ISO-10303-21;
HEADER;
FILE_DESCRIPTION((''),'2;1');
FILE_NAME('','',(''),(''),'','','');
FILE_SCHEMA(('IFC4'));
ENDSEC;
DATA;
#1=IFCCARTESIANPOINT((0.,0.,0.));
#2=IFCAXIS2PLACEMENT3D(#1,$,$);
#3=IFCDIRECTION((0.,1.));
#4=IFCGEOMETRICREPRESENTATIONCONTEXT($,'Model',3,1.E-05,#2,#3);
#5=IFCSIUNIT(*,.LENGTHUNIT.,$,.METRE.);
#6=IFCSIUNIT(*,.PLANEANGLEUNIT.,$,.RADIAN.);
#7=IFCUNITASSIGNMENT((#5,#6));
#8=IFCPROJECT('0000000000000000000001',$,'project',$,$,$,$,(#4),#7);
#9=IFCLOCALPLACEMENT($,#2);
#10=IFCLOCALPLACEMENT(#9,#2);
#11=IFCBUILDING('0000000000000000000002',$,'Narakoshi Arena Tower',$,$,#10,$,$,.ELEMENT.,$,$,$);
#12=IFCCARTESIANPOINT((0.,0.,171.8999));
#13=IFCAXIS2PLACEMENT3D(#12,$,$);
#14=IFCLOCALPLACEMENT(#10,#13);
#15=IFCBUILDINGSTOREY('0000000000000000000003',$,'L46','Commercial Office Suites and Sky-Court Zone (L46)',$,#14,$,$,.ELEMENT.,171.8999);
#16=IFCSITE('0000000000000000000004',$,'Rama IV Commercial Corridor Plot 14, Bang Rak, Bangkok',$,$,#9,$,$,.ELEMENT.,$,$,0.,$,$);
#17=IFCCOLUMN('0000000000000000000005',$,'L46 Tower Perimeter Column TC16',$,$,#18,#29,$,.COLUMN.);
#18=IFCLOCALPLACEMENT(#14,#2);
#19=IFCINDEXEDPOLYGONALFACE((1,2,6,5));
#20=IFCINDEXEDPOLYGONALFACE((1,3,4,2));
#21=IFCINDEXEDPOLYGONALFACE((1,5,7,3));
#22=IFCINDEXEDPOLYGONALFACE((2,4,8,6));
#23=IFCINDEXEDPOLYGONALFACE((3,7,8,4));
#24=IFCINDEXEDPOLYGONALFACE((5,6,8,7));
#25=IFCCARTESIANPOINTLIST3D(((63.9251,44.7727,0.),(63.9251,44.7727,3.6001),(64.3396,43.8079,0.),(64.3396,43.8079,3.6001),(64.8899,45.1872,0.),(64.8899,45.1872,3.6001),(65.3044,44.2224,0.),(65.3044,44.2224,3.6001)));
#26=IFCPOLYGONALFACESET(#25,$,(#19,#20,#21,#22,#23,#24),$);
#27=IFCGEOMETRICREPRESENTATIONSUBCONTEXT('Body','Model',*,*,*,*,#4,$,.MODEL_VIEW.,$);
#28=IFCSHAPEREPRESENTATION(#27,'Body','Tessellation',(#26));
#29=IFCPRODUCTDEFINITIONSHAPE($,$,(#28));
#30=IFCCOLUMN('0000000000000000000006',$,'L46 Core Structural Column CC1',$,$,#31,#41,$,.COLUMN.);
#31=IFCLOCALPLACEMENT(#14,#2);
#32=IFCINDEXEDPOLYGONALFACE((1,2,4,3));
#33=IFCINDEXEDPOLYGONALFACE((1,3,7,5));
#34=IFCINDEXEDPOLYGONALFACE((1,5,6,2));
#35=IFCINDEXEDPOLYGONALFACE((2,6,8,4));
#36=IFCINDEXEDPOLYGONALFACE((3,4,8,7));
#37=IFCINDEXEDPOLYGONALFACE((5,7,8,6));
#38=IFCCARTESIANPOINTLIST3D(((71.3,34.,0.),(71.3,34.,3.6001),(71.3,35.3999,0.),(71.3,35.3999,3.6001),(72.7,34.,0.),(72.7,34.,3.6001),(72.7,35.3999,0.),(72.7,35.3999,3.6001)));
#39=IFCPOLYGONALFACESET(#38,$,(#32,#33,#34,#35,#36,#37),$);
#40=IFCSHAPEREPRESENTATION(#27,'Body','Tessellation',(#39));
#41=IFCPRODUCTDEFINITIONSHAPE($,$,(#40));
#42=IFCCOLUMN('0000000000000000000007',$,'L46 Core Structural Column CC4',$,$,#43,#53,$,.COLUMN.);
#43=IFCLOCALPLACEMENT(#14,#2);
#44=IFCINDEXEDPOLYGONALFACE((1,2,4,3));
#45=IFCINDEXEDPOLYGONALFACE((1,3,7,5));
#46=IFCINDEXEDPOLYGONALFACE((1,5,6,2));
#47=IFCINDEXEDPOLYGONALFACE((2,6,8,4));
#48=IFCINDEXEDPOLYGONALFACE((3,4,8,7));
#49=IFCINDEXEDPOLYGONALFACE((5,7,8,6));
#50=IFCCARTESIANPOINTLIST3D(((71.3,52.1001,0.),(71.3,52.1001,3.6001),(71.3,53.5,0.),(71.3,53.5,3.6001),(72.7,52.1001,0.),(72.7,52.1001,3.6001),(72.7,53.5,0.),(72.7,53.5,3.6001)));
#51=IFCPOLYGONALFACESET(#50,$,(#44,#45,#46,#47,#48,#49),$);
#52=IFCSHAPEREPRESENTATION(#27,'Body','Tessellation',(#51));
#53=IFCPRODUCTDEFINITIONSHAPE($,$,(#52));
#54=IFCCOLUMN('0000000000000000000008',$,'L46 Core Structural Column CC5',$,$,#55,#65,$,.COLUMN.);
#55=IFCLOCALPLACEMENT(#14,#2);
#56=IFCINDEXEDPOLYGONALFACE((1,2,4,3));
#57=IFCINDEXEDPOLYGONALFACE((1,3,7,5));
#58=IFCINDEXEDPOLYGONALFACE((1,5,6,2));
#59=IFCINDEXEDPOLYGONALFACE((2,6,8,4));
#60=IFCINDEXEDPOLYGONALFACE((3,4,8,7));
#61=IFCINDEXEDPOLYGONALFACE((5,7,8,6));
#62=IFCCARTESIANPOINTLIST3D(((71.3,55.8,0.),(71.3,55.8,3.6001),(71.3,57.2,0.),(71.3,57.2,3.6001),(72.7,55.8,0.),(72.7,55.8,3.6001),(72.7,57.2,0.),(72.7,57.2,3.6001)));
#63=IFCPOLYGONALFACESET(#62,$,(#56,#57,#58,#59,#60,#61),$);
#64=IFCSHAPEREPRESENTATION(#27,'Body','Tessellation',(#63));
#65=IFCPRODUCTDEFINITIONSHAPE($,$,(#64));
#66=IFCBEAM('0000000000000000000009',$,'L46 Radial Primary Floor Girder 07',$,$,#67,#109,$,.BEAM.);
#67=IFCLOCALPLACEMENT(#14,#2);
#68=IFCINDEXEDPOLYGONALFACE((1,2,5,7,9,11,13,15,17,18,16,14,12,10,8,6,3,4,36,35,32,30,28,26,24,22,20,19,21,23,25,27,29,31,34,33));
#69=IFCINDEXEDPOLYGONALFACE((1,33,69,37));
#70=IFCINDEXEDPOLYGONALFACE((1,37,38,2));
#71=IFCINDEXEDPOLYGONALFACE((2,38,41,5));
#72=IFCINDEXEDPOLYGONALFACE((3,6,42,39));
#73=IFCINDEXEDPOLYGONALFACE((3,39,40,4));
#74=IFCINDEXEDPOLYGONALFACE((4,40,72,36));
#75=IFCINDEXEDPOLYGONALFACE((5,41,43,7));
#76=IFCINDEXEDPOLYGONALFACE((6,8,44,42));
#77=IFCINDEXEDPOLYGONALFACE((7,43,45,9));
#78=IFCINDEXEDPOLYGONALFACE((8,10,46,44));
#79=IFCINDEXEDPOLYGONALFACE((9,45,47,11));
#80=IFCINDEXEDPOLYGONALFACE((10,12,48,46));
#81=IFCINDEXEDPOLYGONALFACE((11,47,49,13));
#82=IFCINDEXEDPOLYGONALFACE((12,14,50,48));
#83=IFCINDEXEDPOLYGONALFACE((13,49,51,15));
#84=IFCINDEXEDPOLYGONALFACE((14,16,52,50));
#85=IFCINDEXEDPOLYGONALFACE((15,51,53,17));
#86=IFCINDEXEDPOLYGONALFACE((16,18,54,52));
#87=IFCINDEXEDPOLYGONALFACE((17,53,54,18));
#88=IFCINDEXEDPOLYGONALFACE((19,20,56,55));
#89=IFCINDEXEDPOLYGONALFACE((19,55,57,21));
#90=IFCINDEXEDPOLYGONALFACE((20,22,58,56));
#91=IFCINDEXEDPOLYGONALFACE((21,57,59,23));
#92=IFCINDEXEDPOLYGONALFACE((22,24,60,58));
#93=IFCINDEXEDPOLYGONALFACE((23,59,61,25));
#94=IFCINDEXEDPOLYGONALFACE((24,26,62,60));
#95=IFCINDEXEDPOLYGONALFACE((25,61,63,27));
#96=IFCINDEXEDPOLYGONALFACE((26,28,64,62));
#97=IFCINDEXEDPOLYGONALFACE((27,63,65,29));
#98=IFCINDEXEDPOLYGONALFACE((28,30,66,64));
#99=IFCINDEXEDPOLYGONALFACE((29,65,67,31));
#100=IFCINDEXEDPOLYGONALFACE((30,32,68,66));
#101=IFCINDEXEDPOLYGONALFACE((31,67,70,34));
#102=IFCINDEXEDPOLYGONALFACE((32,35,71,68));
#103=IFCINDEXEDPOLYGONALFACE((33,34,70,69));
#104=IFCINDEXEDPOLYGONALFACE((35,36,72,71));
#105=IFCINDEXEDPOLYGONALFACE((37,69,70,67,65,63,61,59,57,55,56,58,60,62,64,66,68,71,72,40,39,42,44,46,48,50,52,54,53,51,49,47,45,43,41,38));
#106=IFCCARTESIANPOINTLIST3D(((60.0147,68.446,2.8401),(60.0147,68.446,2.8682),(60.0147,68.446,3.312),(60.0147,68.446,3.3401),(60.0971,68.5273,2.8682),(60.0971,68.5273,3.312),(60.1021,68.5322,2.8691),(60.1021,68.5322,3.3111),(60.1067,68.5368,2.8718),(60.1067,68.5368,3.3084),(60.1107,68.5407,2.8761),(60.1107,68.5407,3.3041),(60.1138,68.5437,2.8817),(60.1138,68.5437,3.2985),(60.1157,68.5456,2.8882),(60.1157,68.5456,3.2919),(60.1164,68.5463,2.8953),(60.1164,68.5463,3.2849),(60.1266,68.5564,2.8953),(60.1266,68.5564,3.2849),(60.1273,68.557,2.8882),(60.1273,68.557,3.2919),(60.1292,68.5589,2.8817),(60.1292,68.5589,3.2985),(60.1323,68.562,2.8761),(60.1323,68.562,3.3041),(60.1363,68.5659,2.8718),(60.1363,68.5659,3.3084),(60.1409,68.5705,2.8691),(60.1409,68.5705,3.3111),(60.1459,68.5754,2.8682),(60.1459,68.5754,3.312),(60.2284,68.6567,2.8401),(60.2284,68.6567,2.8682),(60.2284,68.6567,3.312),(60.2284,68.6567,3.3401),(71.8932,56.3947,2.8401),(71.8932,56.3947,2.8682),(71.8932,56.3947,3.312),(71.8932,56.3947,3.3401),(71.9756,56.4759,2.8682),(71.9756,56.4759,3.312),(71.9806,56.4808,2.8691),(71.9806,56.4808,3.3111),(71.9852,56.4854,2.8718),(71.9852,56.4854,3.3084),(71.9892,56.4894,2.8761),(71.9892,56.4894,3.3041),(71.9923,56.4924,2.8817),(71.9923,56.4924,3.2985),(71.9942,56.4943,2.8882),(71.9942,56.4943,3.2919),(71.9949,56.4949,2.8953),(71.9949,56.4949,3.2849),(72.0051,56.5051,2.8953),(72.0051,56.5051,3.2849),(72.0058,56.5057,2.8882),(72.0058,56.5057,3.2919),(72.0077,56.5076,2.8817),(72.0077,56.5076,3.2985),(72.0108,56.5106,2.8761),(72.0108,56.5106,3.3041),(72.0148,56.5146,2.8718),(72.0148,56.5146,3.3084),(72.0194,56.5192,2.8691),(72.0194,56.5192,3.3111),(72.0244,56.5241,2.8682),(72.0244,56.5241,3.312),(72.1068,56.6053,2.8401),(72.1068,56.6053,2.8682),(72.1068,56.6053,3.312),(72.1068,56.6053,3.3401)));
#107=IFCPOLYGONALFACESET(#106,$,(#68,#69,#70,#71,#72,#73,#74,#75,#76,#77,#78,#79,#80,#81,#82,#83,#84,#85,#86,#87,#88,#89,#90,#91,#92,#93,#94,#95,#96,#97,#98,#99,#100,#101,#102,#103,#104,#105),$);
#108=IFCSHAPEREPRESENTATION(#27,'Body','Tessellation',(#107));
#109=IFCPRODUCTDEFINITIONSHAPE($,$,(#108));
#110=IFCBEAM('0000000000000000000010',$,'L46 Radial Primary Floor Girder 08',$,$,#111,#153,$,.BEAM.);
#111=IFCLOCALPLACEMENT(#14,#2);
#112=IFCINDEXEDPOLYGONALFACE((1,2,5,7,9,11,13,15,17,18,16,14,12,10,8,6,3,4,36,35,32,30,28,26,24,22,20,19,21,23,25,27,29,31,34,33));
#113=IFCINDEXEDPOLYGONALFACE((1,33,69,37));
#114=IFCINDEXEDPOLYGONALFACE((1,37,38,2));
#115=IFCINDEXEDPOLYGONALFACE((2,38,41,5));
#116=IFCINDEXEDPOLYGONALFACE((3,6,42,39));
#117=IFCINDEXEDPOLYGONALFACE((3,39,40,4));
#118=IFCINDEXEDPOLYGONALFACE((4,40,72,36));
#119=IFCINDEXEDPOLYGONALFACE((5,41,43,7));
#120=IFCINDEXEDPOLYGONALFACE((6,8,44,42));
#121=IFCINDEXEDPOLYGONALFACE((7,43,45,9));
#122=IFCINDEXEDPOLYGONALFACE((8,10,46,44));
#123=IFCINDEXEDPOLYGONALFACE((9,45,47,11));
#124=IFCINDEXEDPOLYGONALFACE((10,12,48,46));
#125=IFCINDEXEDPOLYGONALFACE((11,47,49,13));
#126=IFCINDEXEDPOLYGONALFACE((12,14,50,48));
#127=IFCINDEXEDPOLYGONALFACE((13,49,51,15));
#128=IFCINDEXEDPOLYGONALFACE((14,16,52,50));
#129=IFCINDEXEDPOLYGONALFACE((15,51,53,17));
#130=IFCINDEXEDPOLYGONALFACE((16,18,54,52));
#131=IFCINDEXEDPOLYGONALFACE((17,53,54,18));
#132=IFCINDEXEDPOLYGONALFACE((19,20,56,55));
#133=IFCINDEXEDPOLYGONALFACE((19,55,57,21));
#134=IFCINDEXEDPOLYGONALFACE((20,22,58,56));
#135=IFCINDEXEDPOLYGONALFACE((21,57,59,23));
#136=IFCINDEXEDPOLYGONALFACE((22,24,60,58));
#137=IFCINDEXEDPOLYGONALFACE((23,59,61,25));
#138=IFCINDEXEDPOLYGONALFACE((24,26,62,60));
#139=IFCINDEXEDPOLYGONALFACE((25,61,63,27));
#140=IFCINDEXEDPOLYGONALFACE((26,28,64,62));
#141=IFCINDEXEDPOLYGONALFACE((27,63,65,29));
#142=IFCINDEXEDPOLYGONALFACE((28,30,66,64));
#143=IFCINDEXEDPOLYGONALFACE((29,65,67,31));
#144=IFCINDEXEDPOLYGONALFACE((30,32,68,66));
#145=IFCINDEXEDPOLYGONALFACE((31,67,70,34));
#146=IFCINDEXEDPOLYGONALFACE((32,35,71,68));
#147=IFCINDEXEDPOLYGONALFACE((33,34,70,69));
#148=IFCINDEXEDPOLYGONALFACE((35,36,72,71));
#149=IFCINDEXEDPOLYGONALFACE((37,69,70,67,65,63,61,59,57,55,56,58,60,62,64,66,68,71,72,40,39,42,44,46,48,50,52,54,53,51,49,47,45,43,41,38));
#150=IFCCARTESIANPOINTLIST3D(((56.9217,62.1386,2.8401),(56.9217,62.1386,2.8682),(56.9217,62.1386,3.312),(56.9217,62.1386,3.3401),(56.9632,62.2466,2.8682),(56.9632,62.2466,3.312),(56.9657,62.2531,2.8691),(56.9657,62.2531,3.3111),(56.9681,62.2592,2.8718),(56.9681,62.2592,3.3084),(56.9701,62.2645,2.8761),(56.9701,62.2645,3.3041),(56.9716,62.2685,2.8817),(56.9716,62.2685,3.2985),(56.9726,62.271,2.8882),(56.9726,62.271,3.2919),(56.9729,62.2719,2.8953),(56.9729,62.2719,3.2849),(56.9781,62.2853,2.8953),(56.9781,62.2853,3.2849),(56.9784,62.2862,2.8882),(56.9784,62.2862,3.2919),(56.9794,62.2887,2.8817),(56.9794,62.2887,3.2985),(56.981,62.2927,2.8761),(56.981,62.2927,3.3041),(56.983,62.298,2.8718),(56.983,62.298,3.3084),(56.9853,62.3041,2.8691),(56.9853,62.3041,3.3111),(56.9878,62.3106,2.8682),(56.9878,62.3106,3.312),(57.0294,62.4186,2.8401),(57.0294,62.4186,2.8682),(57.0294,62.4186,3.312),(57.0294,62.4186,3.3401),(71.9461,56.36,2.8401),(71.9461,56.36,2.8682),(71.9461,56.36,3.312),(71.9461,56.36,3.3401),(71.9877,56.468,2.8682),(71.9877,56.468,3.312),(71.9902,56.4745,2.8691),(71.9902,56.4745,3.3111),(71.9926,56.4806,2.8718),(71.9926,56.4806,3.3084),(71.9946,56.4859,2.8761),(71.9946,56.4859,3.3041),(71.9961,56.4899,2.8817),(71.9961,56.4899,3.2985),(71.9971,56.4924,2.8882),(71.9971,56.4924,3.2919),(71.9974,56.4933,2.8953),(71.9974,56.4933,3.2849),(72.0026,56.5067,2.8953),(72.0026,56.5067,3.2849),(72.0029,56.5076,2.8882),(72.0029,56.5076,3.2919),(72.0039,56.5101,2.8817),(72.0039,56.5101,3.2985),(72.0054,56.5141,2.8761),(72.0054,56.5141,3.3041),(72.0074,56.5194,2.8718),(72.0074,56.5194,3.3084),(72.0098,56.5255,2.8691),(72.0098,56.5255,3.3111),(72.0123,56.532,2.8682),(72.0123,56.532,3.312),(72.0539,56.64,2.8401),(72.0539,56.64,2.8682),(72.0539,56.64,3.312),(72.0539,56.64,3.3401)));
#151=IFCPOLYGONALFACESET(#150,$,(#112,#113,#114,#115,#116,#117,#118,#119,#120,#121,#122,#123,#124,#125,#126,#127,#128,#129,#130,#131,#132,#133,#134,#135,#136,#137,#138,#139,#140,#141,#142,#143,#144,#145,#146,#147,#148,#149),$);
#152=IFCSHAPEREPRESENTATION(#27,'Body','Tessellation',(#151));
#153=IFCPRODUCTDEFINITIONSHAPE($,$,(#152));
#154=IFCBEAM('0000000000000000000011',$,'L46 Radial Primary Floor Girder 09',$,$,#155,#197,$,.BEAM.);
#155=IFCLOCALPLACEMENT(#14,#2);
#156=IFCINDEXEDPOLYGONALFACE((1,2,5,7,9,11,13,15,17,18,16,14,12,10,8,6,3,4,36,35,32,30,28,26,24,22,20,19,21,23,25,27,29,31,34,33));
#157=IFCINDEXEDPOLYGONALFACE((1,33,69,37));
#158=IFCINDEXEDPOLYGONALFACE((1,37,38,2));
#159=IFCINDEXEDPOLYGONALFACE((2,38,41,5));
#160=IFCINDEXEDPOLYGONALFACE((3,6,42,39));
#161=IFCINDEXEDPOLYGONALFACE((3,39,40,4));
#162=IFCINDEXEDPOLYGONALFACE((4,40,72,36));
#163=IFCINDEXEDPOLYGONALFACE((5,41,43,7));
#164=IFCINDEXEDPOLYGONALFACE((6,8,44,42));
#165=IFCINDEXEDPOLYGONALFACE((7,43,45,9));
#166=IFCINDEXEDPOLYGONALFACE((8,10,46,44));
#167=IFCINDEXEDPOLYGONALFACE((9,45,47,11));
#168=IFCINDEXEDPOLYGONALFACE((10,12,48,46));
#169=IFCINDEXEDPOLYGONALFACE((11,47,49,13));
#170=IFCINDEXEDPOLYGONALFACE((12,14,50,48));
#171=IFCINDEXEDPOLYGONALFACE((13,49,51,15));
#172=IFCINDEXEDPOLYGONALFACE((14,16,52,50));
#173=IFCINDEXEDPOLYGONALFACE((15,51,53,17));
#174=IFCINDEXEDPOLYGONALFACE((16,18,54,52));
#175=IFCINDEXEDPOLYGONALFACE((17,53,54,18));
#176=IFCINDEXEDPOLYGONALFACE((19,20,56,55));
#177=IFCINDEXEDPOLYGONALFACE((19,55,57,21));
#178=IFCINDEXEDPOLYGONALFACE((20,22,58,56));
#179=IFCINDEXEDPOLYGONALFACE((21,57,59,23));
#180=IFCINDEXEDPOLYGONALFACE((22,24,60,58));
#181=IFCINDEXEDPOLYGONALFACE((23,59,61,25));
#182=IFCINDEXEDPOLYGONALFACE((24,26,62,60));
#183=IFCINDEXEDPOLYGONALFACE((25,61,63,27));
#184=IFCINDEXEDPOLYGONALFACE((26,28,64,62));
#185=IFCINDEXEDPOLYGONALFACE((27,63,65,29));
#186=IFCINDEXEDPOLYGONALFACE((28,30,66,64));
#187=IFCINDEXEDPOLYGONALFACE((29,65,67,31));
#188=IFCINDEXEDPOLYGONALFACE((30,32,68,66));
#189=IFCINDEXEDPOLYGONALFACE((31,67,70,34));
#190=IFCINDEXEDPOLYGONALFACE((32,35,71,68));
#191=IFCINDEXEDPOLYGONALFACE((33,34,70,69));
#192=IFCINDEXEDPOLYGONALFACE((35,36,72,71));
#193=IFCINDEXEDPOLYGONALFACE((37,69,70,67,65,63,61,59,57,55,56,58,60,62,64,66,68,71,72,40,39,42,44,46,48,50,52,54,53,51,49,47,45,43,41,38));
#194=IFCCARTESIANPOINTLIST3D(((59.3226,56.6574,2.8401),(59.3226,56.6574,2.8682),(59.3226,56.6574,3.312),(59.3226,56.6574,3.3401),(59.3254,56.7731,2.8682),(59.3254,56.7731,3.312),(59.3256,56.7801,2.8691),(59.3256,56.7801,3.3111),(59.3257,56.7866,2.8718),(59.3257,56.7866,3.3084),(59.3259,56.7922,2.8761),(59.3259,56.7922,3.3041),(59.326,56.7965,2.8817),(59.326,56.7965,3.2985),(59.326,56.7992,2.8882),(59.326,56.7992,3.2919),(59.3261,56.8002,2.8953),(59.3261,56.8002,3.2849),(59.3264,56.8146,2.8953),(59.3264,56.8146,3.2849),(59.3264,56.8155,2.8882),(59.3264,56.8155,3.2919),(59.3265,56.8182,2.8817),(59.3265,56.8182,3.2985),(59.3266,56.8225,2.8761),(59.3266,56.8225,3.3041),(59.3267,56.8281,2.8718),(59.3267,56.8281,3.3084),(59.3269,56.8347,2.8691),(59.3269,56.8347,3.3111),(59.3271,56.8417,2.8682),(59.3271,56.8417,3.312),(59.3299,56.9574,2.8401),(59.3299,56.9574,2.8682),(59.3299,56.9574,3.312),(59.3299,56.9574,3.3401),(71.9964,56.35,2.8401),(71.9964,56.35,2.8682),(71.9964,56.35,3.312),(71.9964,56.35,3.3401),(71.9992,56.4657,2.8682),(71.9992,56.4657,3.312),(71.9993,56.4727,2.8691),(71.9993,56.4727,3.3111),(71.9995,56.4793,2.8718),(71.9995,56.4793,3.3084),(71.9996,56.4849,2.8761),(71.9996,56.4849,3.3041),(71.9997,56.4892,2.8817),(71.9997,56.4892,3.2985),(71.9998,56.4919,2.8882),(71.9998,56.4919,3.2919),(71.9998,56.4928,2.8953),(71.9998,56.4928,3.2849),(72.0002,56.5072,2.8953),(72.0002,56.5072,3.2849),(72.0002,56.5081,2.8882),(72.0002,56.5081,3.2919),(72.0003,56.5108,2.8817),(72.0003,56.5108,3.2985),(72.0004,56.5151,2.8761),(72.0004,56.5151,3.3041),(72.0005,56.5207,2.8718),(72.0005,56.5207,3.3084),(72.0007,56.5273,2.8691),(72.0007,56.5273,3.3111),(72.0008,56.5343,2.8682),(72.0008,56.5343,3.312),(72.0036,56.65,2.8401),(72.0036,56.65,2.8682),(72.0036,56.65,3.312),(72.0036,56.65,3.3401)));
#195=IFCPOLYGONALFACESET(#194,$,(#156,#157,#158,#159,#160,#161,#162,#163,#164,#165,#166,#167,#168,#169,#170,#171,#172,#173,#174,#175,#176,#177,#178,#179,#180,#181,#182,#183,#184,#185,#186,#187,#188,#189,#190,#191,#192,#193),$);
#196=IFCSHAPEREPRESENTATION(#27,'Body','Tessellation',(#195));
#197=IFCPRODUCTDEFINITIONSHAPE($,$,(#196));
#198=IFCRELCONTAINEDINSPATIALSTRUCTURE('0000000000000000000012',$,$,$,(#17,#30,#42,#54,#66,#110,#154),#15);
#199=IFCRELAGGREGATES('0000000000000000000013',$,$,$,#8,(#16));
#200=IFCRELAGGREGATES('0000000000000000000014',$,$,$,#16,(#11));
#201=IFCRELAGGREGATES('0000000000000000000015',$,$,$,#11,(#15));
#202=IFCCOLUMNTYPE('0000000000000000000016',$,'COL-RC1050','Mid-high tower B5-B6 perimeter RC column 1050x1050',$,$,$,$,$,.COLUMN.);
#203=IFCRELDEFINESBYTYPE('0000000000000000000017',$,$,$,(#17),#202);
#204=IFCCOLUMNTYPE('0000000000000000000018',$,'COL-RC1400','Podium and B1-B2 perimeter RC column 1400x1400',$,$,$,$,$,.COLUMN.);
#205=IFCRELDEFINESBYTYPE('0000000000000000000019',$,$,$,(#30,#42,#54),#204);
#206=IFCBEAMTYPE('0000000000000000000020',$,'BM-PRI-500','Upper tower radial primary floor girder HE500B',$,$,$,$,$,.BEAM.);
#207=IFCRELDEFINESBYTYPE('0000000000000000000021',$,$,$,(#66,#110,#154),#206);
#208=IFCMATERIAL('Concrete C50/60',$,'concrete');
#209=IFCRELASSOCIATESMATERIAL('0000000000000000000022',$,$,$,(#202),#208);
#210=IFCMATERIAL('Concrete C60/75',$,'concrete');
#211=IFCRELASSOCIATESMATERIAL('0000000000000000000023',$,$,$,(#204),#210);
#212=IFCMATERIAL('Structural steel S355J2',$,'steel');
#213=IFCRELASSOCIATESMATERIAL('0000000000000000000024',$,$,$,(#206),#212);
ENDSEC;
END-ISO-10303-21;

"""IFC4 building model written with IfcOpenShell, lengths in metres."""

from ifc_helpers import new_model, si_unit, direction, frame, origin, origin_2d, place, context, subcontext, project, spatial, rectangle, i_section, extrude, material, material_profile, profile_set, type_object, element, save


model = new_model("IFC4")

# Units and contexts
model_context = context("Model", 3, precision=1e-05, world=origin(), true_north=direction((0.0, 1.0)))
body_context = subcontext(model_context, "Body", "Model", "MODEL_VIEW")
ifc_project = project(units=[si_unit("LENGTHUNIT", "METRE"), si_unit("PLANEANGLEUNIT", "RADIAN")], contexts=[model_context])

# Site, building, storey
site_placement = place(None, origin())
site = spatial("IfcSite", under=ifc_project, at=site_placement, Name="Rama IV Commercial Corridor Plot 14, Bang Rak, Bangkok", CompositionType="ELEMENT", RefElevation=0.0)
building_placement = place(site_placement, origin())
building = spatial("IfcBuilding", under=site, at=building_placement, Name="Narakoshi Arena Tower", CompositionType="ELEMENT")
storey_placement = place(building_placement, frame((0.0, 0.0, 171.8999)))
storey = spatial("IfcBuildingStorey", under=building, at=storey_placement, Name="L46", Description="Commercial Office Suites and Sky-Court Zone (L46)", CompositionType="ELEMENT", Elevation=171.8999)

# Columns
ifc_material_1 = material(Name="Concrete C50/60", Category="concrete")
ifc_material_profile_1 = material_profile(ifc_material_1, rectangle(XDim=1.05, YDim=1.05, at=origin_2d()), Name="RC1050x1050")
ifc_profile_set_1 = profile_set([ifc_material_profile_1], Name="Concrete C50/60")
column_type_1 = type_object("IfcColumnType", Name="COL-RC1050", Description="Mid-high tower B5-B6 perimeter RC column 1050x1050", PredefinedType="COLUMN", material=ifc_profile_set_1)
column_placement = place(storey_placement, frame((64.6147, 44.4976, 0.0), z_axis=(0.0, 0.0, 1.0), x_axis=(-0.394744, 0.918791, 0.0)))
element("IfcColumn", 1, at=column_placement, inside=storey, type_object=column_type_1, Name="L46 Tower Perimeter Column TC16", PredefinedType="COLUMN", context=body_context, shape_type="SweptSolid", body=[
    extrude(rectangle(XDim=1.05, YDim=1.05, at=origin_2d()), origin(), (0.0, 0.0, 1.0), 3.6001),
])
ifc_material_2 = material(Name="Concrete C60/75", Category="concrete")
ifc_material_profile_2 = material_profile(ifc_material_2, rectangle(XDim=1.3999, YDim=1.3999, at=origin_2d()), Name="RC1400x1400")
ifc_profile_set_2 = profile_set([ifc_material_profile_2], Name="Concrete C60/75")
column_type_2 = type_object("IfcColumnType", Name="COL-RC1400", Description="Podium and B1-B2 perimeter RC column 1400x1400", PredefinedType="COLUMN", material=ifc_profile_set_2)
for number, where, z_axis, x_axis, name in (
    (2, (72.0, 34.7, 0.0), (0.0, 0.0, 1.0), (1.0, 0.0, 0.0), "L46 Core Structural Column CC1"),
    (3, (72.0, 52.8, 0.0), (0.0, 0.0, 1.0), (1.0, 0.0, 0.0), "L46 Core Structural Column CC4"),
    (4, (72.0, 56.5, 0.0), (0.0, 0.0, 1.0), (1.0, 0.0, 0.0), "L46 Core Structural Column CC5"),
):
    element("IfcColumn", number, at=place(storey_placement, frame(where, z_axis=z_axis, x_axis=x_axis)), inside=storey, type_object=column_type_2, Name=name, PredefinedType="COLUMN", context=body_context, shape_type="SweptSolid", body=[
        extrude(rectangle(XDim=1.3999, YDim=1.3999, at=origin_2d()), origin(), (0.0, 0.0, 1.0), 3.6001),
    ])

# Beams
ifc_material_3 = material(Name="Structural steel S355J2", Category="steel")
ifc_material_profile_3 = material_profile(ifc_material_3, i_section(OverallWidth=0.3, OverallDepth=0.5, WebThickness=0.0144, FlangeThickness=0.0281, FilletRadius=0.0271, at=origin_2d()), Name="HE500B")
ifc_profile_set_3 = profile_set([ifc_material_profile_3], Name="Structural steel S355J2")
beam_type_1 = type_object("IfcBeamType", Name="BM-PRI-500", Description="Upper tower radial primary floor girder HE500B", PredefinedType="BEAM", material=ifc_profile_set_3)
beam_1_placement = place(storey_placement, frame((72.0, 56.5, 3.0901), z_axis=(-0.701981, 0.712196, 0.0), x_axis=(-0.712196, -0.701981, 0.0)))
element("IfcBeam", 5, at=beam_1_placement, inside=storey, type_object=beam_type_1, Name="L46 Radial Primary Floor Girder 07", PredefinedType="BEAM", context=body_context, shape_type="SweptSolid", body=[
    extrude(i_section(OverallWidth=0.3, OverallDepth=0.5, WebThickness=0.0144, FlangeThickness=0.0281, FilletRadius=0.0271, at=origin_2d()), origin(), (0.0, 0.0, 1.0), 16.9214),
])
beam_2_placement = place(storey_placement, frame((72.0, 56.5, 3.0901), z_axis=(-0.933347, 0.358976, 0.0), x_axis=(-0.358976, -0.933347, 0.0)))
element("IfcBeam", 6, at=beam_2_placement, inside=storey, type_object=beam_type_1, Name="L46 Radial Primary Floor Girder 08", PredefinedType="BEAM", context=body_context, shape_type="SweptSolid", body=[
    extrude(i_section(OverallWidth=0.3, OverallDepth=0.5, WebThickness=0.0144, FlangeThickness=0.0281, FilletRadius=0.0271, at=origin_2d()), origin(), (0.0, 0.0, 1.0), 16.0974),
])
beam_3_placement = place(storey_placement, frame((72.0, 56.5, 3.0901), z_axis=(-0.999706, 0.024245, 0.0), x_axis=(-0.024245, -0.999706, 0.0)))
element("IfcBeam", 7, at=beam_3_placement, inside=storey, type_object=beam_type_1, Name="L46 Radial Primary Floor Girder 09", PredefinedType="BEAM", context=body_context, shape_type="SweptSolid", body=[
    extrude(i_section(OverallWidth=0.3, OverallDepth=0.5, WebThickness=0.0144, FlangeThickness=0.0281, FilletRadius=0.0271, at=origin_2d()), origin(), (0.0, 0.0, 1.0), 12.6775),
])

save(model, "model.ifc")
